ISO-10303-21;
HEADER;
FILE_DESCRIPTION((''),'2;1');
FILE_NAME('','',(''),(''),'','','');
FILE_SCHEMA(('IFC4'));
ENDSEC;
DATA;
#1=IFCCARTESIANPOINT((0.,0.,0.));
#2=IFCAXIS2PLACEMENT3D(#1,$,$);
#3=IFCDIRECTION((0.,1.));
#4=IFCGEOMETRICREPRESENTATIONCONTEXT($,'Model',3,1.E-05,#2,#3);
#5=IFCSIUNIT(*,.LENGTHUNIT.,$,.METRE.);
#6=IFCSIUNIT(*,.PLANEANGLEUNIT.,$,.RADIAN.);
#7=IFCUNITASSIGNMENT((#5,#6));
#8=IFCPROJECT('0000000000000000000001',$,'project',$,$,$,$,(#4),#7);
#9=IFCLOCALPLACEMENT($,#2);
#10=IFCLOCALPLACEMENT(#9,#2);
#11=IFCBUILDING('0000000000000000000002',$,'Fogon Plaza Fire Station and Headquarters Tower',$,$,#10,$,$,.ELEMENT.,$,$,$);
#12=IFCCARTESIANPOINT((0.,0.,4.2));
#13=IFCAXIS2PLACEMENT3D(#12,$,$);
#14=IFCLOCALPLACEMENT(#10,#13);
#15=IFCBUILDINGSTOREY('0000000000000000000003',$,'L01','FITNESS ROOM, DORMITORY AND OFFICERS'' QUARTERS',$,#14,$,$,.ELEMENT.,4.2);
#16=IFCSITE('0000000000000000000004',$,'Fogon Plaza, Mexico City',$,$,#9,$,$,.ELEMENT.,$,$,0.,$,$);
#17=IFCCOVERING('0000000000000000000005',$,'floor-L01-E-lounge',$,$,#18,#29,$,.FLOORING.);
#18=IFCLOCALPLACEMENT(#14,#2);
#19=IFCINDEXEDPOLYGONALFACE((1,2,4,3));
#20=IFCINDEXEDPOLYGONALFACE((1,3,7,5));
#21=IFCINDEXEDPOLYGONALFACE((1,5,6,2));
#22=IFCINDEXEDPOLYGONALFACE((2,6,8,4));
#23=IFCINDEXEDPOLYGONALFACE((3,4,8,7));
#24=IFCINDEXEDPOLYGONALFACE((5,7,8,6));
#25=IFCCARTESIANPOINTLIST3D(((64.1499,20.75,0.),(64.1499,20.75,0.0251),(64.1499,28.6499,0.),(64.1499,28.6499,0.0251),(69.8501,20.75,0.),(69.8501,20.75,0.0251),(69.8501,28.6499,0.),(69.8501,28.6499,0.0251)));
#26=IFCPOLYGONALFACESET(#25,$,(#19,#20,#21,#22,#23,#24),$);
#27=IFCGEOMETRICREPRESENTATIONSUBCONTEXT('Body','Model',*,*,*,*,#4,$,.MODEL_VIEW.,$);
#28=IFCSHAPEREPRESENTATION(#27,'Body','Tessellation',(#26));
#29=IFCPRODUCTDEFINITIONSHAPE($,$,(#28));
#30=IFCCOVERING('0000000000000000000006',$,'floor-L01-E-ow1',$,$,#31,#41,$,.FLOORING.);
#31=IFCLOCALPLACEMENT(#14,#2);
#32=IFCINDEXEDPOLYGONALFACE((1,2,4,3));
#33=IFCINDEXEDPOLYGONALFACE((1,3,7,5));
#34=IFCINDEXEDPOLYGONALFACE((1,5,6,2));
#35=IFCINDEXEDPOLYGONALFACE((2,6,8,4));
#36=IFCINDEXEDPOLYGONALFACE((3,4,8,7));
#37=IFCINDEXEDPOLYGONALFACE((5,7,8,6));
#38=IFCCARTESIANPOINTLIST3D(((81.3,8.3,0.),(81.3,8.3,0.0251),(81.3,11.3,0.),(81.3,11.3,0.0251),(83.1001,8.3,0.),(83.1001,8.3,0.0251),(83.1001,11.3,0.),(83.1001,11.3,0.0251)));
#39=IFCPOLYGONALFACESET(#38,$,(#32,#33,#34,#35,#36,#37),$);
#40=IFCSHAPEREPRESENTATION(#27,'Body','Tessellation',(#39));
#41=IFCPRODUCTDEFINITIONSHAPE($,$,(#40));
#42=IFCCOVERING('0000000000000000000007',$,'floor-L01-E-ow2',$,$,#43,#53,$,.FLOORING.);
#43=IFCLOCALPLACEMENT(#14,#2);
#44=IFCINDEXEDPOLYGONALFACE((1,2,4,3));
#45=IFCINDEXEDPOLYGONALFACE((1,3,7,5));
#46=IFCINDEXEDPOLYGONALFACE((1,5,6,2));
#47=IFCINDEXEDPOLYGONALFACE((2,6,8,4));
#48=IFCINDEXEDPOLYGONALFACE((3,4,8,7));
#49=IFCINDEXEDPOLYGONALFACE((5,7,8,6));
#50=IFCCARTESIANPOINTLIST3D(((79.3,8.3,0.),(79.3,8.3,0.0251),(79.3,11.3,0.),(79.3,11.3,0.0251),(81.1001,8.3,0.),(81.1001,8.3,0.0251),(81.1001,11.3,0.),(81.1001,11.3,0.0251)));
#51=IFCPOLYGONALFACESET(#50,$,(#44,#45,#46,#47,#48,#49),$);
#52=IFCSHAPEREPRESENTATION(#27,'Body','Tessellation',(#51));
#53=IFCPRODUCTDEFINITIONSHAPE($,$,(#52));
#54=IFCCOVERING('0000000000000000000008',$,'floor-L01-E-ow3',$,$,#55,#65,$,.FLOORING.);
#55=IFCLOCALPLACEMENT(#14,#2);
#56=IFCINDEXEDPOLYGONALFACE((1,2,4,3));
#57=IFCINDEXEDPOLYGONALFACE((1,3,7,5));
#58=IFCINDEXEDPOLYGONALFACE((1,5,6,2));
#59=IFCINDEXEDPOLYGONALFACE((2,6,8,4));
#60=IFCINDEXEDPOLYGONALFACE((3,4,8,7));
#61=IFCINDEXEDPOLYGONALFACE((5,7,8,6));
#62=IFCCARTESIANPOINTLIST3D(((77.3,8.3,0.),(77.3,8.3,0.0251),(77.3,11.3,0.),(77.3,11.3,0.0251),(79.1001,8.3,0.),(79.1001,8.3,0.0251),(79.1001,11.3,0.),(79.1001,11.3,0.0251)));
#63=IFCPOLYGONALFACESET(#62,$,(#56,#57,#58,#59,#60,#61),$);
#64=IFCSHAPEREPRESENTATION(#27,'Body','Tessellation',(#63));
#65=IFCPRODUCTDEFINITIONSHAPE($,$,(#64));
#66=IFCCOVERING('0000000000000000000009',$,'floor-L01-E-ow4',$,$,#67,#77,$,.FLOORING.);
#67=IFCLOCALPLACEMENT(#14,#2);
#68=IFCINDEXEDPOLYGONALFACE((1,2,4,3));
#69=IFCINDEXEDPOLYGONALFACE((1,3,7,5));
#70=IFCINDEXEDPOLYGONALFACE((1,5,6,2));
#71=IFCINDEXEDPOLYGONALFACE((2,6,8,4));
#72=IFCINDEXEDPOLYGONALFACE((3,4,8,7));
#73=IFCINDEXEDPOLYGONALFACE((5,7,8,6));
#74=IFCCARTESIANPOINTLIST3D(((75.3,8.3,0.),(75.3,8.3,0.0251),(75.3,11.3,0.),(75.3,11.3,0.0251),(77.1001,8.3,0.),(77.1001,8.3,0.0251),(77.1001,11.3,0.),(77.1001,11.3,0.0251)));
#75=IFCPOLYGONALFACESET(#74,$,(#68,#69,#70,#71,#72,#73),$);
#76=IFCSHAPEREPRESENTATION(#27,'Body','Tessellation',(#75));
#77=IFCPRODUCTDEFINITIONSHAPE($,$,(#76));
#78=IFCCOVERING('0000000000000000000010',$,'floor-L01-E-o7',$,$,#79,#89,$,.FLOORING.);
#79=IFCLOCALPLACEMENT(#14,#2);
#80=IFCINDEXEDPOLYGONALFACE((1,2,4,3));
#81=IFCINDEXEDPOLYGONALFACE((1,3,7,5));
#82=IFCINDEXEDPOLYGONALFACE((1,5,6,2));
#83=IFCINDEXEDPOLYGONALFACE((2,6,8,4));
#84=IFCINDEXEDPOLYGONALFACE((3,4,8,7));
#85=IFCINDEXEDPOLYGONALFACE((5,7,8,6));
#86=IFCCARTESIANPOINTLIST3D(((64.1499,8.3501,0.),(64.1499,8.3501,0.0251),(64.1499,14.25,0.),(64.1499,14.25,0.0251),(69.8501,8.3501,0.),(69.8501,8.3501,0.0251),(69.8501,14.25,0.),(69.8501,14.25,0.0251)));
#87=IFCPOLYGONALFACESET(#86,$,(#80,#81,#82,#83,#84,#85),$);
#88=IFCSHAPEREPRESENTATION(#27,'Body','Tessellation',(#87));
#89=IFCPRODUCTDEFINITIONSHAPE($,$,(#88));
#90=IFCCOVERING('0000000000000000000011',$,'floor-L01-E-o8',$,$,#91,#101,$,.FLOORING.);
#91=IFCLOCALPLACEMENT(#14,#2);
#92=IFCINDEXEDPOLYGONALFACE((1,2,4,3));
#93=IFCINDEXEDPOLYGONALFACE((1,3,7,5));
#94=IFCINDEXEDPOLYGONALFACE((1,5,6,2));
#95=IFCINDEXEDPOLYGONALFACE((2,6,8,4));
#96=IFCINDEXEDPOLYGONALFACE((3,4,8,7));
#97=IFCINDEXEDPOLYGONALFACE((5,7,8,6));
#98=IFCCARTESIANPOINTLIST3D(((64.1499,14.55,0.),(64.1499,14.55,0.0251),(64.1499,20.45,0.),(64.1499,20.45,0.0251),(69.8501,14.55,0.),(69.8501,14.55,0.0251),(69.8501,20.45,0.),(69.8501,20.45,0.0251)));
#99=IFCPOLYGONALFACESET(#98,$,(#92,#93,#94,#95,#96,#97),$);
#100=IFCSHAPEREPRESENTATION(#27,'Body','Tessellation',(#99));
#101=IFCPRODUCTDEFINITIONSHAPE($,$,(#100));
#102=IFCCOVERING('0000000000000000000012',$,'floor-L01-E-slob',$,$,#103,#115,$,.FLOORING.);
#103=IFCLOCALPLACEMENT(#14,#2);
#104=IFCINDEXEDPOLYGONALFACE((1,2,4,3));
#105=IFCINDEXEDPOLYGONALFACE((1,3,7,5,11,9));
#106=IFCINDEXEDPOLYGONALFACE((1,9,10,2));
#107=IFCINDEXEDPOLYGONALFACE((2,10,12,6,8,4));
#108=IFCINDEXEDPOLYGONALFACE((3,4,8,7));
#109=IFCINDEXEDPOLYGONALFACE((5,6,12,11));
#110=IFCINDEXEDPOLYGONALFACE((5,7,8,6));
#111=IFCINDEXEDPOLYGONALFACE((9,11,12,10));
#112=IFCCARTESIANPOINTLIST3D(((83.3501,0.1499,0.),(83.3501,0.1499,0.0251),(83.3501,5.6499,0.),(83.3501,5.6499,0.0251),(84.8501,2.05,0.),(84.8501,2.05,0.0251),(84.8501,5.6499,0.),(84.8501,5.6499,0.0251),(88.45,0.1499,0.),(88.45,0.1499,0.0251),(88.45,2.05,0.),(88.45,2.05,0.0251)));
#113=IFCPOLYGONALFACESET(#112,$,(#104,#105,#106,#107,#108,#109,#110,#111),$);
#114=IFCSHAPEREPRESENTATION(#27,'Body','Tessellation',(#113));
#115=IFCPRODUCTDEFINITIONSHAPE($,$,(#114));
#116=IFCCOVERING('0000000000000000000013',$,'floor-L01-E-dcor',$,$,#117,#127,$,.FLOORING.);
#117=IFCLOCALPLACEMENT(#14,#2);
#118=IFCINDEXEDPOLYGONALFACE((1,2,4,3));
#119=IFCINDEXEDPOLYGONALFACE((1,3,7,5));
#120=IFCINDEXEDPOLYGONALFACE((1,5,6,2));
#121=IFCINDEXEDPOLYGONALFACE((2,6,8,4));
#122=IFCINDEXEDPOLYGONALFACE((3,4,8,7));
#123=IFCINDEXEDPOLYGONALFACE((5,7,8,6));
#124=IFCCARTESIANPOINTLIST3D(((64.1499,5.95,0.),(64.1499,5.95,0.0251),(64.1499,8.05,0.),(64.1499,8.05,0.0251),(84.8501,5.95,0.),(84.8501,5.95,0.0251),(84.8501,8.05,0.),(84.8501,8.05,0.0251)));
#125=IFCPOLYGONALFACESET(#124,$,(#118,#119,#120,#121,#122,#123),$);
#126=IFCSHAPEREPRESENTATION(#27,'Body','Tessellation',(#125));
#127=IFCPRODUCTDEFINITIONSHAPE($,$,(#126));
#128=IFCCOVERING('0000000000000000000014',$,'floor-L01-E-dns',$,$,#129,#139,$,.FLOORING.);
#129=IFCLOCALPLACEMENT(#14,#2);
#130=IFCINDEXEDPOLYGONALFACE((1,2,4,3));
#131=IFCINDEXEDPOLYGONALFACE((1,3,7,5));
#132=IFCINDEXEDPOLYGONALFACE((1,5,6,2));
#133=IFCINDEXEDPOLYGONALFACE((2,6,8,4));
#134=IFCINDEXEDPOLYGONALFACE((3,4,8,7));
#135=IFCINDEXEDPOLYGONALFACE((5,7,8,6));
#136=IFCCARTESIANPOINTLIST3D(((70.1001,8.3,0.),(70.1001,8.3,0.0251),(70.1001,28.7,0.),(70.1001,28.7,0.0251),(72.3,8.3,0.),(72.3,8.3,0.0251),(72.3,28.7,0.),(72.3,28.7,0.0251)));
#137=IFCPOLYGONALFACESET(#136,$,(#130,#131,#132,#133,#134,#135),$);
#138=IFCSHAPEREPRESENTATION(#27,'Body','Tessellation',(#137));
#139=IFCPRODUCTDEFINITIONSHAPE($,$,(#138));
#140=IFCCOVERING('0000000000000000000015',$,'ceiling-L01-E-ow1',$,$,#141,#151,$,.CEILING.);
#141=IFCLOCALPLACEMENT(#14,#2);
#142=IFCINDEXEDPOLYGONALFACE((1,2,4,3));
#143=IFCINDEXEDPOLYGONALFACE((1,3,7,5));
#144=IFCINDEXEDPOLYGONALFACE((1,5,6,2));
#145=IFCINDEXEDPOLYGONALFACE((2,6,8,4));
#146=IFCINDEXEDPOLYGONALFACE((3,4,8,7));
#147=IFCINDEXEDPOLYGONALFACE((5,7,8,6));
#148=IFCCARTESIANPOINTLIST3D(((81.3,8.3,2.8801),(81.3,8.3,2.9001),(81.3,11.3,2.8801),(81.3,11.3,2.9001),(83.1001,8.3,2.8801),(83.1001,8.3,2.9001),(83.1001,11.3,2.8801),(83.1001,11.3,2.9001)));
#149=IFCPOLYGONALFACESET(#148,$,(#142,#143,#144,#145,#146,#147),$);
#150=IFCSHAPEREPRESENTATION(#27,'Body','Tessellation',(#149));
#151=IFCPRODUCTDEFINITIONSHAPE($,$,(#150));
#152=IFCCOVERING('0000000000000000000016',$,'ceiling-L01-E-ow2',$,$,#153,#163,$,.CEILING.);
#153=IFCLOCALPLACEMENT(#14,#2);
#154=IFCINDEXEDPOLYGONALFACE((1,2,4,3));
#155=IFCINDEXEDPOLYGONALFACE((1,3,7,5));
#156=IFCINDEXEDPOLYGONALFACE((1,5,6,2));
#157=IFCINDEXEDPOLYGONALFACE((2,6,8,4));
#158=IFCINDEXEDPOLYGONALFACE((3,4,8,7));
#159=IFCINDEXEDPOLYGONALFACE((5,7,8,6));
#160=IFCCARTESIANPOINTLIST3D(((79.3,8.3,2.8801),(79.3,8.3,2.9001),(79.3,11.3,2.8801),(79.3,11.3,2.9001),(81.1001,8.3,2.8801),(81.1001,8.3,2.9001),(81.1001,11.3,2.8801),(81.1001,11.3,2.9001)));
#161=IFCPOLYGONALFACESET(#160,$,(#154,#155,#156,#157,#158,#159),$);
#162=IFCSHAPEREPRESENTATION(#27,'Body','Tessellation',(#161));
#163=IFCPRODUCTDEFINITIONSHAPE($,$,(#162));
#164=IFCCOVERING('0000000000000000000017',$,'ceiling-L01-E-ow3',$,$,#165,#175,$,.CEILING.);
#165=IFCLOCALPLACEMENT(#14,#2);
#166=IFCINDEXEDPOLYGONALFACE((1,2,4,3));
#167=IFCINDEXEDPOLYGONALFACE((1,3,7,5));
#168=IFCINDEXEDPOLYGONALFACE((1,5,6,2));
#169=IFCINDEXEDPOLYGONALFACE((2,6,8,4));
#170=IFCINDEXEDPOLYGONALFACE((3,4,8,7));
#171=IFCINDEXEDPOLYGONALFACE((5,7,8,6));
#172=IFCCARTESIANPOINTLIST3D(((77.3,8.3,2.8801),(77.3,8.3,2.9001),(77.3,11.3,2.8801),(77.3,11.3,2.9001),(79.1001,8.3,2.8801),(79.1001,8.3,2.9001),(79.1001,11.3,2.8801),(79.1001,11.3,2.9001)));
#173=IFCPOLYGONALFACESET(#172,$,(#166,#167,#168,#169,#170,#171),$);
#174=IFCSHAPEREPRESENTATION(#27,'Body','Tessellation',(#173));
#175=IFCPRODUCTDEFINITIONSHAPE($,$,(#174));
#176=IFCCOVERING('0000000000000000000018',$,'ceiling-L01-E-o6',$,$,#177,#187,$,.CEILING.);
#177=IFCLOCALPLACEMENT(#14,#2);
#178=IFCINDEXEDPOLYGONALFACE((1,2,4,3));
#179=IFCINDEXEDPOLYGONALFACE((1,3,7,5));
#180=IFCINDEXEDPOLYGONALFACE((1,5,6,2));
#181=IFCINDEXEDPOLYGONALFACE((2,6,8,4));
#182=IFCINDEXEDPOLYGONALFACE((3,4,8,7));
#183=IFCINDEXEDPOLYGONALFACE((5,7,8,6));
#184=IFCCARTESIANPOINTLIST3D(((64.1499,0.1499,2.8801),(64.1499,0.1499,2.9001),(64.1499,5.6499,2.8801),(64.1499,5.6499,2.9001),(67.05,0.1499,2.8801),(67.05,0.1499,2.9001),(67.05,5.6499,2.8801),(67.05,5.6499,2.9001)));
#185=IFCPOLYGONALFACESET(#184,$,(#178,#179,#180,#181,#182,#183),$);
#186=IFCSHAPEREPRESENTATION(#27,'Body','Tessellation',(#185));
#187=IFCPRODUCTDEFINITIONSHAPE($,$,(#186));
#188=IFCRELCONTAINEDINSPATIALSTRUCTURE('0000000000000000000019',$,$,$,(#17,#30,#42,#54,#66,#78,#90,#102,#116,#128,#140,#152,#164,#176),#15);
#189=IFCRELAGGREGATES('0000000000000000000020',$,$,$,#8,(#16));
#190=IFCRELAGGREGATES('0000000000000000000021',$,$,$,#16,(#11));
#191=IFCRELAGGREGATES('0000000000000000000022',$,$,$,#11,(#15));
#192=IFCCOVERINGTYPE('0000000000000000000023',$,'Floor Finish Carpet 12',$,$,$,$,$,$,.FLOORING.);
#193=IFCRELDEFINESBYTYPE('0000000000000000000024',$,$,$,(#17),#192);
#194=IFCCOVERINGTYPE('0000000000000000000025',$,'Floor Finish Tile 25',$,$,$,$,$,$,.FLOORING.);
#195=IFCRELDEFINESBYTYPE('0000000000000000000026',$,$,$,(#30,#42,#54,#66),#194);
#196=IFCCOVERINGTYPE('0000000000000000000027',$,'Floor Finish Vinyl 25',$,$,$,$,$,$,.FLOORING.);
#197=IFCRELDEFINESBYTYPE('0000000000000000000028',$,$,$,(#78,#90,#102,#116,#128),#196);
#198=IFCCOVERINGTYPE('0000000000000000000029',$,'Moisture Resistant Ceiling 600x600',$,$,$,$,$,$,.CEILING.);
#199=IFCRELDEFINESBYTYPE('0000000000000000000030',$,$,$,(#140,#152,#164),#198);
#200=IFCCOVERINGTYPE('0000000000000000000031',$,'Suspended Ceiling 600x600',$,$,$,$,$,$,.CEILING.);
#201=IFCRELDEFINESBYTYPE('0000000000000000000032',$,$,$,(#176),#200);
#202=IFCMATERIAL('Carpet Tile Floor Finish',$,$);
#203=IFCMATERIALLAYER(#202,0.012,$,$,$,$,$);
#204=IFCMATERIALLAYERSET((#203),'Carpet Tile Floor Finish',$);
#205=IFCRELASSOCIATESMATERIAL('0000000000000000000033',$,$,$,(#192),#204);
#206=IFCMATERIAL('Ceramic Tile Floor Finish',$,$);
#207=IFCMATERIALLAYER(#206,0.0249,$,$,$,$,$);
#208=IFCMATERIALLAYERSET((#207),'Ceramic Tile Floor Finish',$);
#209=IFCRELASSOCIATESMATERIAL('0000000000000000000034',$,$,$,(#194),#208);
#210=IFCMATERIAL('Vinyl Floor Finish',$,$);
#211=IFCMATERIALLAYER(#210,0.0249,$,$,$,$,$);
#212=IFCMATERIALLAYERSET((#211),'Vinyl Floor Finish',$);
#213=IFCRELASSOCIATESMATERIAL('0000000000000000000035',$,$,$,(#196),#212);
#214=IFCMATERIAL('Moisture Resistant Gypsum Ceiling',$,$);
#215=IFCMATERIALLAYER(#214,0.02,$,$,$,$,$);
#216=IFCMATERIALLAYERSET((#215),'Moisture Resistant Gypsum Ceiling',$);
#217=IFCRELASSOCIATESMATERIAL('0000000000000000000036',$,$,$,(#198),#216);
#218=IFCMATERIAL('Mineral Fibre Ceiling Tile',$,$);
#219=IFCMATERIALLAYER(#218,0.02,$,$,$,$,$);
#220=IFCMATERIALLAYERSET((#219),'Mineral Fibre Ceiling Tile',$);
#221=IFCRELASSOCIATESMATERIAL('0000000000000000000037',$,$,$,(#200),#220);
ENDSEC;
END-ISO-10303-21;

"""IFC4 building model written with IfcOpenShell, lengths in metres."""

from ifc_helpers import new_model, si_unit, direction, frame, origin, place, context, subcontext, project, spatial, polyline, outline, extrude, material, layer, layer_set, type_object, element, save


model = new_model("IFC4")

# Units and contexts
model_context = context("Model", 3, precision=1e-05, world=origin(), true_north=direction((0.0, 1.0)))
body_context = subcontext(model_context, "Body", "Model", "MODEL_VIEW")
ifc_project = project(units=[si_unit("LENGTHUNIT", "METRE"), si_unit("PLANEANGLEUNIT", "RADIAN")], contexts=[model_context])

# Site, building, storey
site_placement = place(None, origin())
site = spatial("IfcSite", under=ifc_project, at=site_placement, Name="Fogon Plaza, Mexico City", CompositionType="ELEMENT", RefElevation=0.0)
building_placement = place(site_placement, origin())
building = spatial("IfcBuilding", under=site, at=building_placement, Name="Fogon Plaza Fire Station and Headquarters Tower", CompositionType="ELEMENT")
storey_placement = place(building_placement, frame((0.0, 0.0, 4.2)))
storey = spatial("IfcBuildingStorey", under=building, at=storey_placement, Name="L01", Description="FITNESS ROOM, DORMITORY AND OFFICERS' QUARTERS", CompositionType="ELEMENT", Elevation=4.2)

# Coverings
ifc_material_1 = material(Name="Carpet Tile Floor Finish")
ifc_layer_1 = layer(ifc_material_1, 0.012)
ifc_layer_set_1 = layer_set([ifc_layer_1], Name="Carpet Tile Floor Finish")
covering_type_1 = type_object("IfcCoveringType", Name="Floor Finish Carpet 12", PredefinedType="FLOORING", material=ifc_layer_set_1)
covering_1_placement = place(storey_placement, origin())
element("IfcCovering", 1, at=covering_1_placement, inside=storey, type_object=covering_type_1, Name="floor-L01-E-lounge", PredefinedType="FLOORING", context=body_context, shape_type="SweptSolid", body=[
    extrude(outline(polyline([(64.1499, 20.75), (64.1499, 28.6499), (69.8501, 28.6499), (69.8501, 20.75), (64.1499, 20.75)])), origin(), (0.0, 0.0, 1.0), 0.0251),
])
ifc_material_2 = material(Name="Ceramic Tile Floor Finish")
ifc_layer_2 = layer(ifc_material_2, 0.0249)
ifc_layer_set_2 = layer_set([ifc_layer_2], Name="Ceramic Tile Floor Finish")
covering_type_2 = type_object("IfcCoveringType", Name="Floor Finish Tile 25", PredefinedType="FLOORING", material=ifc_layer_set_2)
covering_2_placement = place(storey_placement, origin())
element("IfcCovering", 2, at=covering_2_placement, inside=storey, type_object=covering_type_2, Name="floor-L01-E-ow1", PredefinedType="FLOORING", context=body_context, shape_type="SweptSolid", body=[
    extrude(outline(polyline([(81.3, 8.3), (81.3, 11.3), (83.1001, 11.3), (83.1001, 8.3), (81.3, 8.3)])), origin(), (0.0, 0.0, 1.0), 0.0251),
])
covering_3_placement = place(storey_placement, origin())
element("IfcCovering", 3, at=covering_3_placement, inside=storey, type_object=covering_type_2, Name="floor-L01-E-ow2", PredefinedType="FLOORING", context=body_context, shape_type="SweptSolid", body=[
    extrude(outline(polyline([(79.3, 8.3), (79.3, 11.3), (81.1001, 11.3), (81.1001, 8.3), (79.3, 8.3)])), origin(), (0.0, 0.0, 1.0), 0.0251),
])
covering_4_placement = place(storey_placement, origin())
element("IfcCovering", 4, at=covering_4_placement, inside=storey, type_object=covering_type_2, Name="floor-L01-E-ow3", PredefinedType="FLOORING", context=body_context, shape_type="SweptSolid", body=[
    extrude(outline(polyline([(77.3, 8.3), (77.3, 11.3), (79.1001, 11.3), (79.1001, 8.3), (77.3, 8.3)])), origin(), (0.0, 0.0, 1.0), 0.0251),
])
covering_5_placement = place(storey_placement, origin())
element("IfcCovering", 5, at=covering_5_placement, inside=storey, type_object=covering_type_2, Name="floor-L01-E-ow4", PredefinedType="FLOORING", context=body_context, shape_type="SweptSolid", body=[
    extrude(outline(polyline([(75.3, 8.3), (75.3, 11.3), (77.1001, 11.3), (77.1001, 8.3), (75.3, 8.3)])), origin(), (0.0, 0.0, 1.0), 0.0251),
])
ifc_material_3 = material(Name="Vinyl Floor Finish")
ifc_layer_3 = layer(ifc_material_3, 0.0249)
ifc_layer_set_3 = layer_set([ifc_layer_3], Name="Vinyl Floor Finish")
covering_type_3 = type_object("IfcCoveringType", Name="Floor Finish Vinyl 25", PredefinedType="FLOORING", material=ifc_layer_set_3)
covering_6_placement = place(storey_placement, origin())
element("IfcCovering", 6, at=covering_6_placement, inside=storey, type_object=covering_type_3, Name="floor-L01-E-o7", PredefinedType="FLOORING", context=body_context, shape_type="SweptSolid", body=[
    extrude(outline(polyline([(64.1499, 8.3501), (64.1499, 14.25), (69.8501, 14.25), (69.8501, 8.3501), (64.1499, 8.3501)])), origin(), (0.0, 0.0, 1.0), 0.0251),
])
covering_7_placement = place(storey_placement, origin())
element("IfcCovering", 7, at=covering_7_placement, inside=storey, type_object=covering_type_3, Name="floor-L01-E-o8", PredefinedType="FLOORING", context=body_context, shape_type="SweptSolid", body=[
    extrude(outline(polyline([(64.1499, 14.55), (64.1499, 20.45), (69.8501, 20.45), (69.8501, 14.55), (64.1499, 14.55)])), origin(), (0.0, 0.0, 1.0), 0.0251),
])
covering_8_placement = place(storey_placement, origin())
element("IfcCovering", 8, at=covering_8_placement, inside=storey, type_object=covering_type_3, Name="floor-L01-E-slob", PredefinedType="FLOORING", context=body_context, shape_type="SweptSolid", body=[
    extrude(outline(polyline([(83.3501, 0.1499), (83.3501, 5.6499), (84.8501, 5.6499), (84.8501, 2.05), (88.45, 2.05), (88.45, 0.1499), (83.3501, 0.1499)])), origin(), (0.0, 0.0, 1.0), 0.0251),
])
covering_9_placement = place(storey_placement, origin())
element("IfcCovering", 9, at=covering_9_placement, inside=storey, type_object=covering_type_3, Name="floor-L01-E-dcor", PredefinedType="FLOORING", context=body_context, shape_type="SweptSolid", body=[
    extrude(outline(polyline([(64.1499, 5.95), (64.1499, 8.05), (84.8501, 8.05), (84.8501, 5.95), (64.1499, 5.95)])), origin(), (0.0, 0.0, 1.0), 0.0251),
])
covering_10_placement = place(storey_placement, origin())
element("IfcCovering", 10, at=covering_10_placement, inside=storey, type_object=covering_type_3, Name="floor-L01-E-dns", PredefinedType="FLOORING", context=body_context, shape_type="SweptSolid", body=[
    extrude(outline(polyline([(70.1001, 8.3), (70.1001, 28.7), (72.3, 28.7), (72.3, 8.3), (70.1001, 8.3)])), origin(), (0.0, 0.0, 1.0), 0.0251),
])
ifc_material_4 = material(Name="Moisture Resistant Gypsum Ceiling")
ifc_layer_4 = layer(ifc_material_4, 0.02)
ifc_layer_set_4 = layer_set([ifc_layer_4], Name="Moisture Resistant Gypsum Ceiling")
covering_type_4 = type_object("IfcCoveringType", Name="Moisture Resistant Ceiling 600x600", PredefinedType="CEILING", material=ifc_layer_set_4)
covering_11_placement = place(storey_placement, frame((0.0, 0.0, 2.8801)))
element("IfcCovering", 11, at=covering_11_placement, inside=storey, type_object=covering_type_4, Name="ceiling-L01-E-ow1", PredefinedType="CEILING", context=body_context, shape_type="SweptSolid", body=[
    extrude(outline(polyline([(81.3, 8.3), (81.3, 11.3), (83.1001, 11.3), (83.1001, 8.3), (81.3, 8.3)])), origin(), (0.0, 0.0, 1.0), 0.02),
])
covering_12_placement = place(storey_placement, frame((0.0, 0.0, 2.8801)))
element("IfcCovering", 12, at=covering_12_placement, inside=storey, type_object=covering_type_4, Name="ceiling-L01-E-ow2", PredefinedType="CEILING", context=body_context, shape_type="SweptSolid", body=[
    extrude(outline(polyline([(79.3, 8.3), (79.3, 11.3), (81.1001, 11.3), (81.1001, 8.3), (79.3, 8.3)])), origin(), (0.0, 0.0, 1.0), 0.02),
])
covering_13_placement = place(storey_placement, frame((0.0, 0.0, 2.8801)))
element("IfcCovering", 13, at=covering_13_placement, inside=storey, type_object=covering_type_4, Name="ceiling-L01-E-ow3", PredefinedType="CEILING", context=body_context, shape_type="SweptSolid", body=[
    extrude(outline(polyline([(77.3, 8.3), (77.3, 11.3), (79.1001, 11.3), (79.1001, 8.3), (77.3, 8.3)])), origin(), (0.0, 0.0, 1.0), 0.02),
])
ifc_material_5 = material(Name="Mineral Fibre Ceiling Tile")
ifc_layer_5 = layer(ifc_material_5, 0.02)
ifc_layer_set_5 = layer_set([ifc_layer_5], Name="Mineral Fibre Ceiling Tile")
covering_type_5 = type_object("IfcCoveringType", Name="Suspended Ceiling 600x600", PredefinedType="CEILING", material=ifc_layer_set_5)
covering_14_placement = place(storey_placement, frame((0.0, 0.0, 2.8801)))
element("IfcCovering", 14, at=covering_14_placement, inside=storey, type_object=covering_type_5, Name="ceiling-L01-E-o6", PredefinedType="CEILING", context=body_context, shape_type="SweptSolid", body=[
    extrude(outline(polyline([(64.1499, 0.1499), (64.1499, 5.6499), (67.05, 5.6499), (67.05, 0.1499), (64.1499, 0.1499)])), origin(), (0.0, 0.0, 1.0), 0.02),
])

save(model, "model.ifc")
